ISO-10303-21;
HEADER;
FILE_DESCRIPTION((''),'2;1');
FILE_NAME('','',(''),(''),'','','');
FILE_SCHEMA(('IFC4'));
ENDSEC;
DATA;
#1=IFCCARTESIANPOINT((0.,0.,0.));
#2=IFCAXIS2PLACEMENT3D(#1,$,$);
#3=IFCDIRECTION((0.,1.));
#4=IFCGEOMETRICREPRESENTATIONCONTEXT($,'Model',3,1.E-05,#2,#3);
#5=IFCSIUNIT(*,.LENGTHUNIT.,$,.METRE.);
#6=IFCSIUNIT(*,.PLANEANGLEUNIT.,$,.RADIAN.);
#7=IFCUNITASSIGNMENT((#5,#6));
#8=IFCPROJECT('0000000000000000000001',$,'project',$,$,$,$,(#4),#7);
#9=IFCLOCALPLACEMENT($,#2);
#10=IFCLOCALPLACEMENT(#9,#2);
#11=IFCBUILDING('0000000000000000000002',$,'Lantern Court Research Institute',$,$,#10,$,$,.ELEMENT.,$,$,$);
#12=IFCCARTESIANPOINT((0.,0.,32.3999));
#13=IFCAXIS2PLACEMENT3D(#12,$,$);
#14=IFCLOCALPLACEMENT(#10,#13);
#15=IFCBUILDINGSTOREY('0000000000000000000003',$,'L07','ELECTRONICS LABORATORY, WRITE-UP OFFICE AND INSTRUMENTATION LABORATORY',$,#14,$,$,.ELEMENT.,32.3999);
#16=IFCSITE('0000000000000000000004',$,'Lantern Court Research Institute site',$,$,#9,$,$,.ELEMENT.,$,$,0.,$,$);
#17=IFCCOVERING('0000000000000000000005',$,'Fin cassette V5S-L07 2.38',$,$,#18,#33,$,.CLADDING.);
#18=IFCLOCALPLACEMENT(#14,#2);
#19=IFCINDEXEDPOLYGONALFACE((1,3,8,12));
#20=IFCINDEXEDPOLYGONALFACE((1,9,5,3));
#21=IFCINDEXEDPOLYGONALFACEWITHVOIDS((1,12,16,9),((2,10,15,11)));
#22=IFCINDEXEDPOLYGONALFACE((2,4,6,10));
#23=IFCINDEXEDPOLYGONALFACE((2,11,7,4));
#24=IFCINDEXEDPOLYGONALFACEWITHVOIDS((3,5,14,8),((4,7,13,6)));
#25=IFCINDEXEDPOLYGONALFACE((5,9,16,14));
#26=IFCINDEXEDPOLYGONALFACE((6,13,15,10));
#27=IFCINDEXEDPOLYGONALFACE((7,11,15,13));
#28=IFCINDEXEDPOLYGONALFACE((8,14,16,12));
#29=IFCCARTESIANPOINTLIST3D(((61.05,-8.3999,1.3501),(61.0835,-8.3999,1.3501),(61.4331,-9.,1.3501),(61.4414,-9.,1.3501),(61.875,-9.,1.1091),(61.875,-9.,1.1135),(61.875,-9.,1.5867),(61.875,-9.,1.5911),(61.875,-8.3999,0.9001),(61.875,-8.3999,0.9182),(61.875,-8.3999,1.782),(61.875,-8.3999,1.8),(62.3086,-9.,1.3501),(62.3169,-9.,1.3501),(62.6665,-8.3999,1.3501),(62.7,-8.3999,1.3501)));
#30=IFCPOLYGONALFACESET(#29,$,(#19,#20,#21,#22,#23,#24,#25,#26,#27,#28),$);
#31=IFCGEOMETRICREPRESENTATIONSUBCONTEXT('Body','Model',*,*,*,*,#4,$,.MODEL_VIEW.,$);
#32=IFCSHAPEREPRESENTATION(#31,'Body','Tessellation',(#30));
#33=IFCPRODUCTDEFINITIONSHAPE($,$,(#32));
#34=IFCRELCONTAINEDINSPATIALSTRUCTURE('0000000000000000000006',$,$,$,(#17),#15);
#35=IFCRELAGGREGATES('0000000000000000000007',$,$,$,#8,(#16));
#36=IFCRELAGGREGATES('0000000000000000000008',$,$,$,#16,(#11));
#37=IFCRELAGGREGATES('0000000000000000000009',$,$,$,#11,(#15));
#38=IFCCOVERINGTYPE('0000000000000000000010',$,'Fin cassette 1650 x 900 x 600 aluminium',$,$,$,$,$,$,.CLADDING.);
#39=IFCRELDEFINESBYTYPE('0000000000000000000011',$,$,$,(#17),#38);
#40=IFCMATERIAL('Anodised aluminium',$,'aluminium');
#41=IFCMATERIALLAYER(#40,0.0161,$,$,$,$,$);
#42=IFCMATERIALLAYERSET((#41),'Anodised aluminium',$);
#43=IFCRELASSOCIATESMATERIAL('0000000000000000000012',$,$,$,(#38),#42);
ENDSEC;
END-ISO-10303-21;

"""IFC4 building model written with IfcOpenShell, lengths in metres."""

from ifc_helpers import new_model, entity, si_unit, direction, frame, origin, place, context, subcontext, project, spatial, material, layer, layer_set, type_object, element, save


model = new_model("IFC4")

# Units and contexts
model_context = context("Model", 3, precision=1e-05, world=origin(), true_north=direction((0.0, 1.0)))
body_context = subcontext(model_context, "Body", "Model", "MODEL_VIEW")
ifc_project = project(units=[si_unit("LENGTHUNIT", "METRE"), si_unit("PLANEANGLEUNIT", "RADIAN")], contexts=[model_context])

# Site, building, storey
site_placement = place(None, origin())
site = spatial("IfcSite", under=ifc_project, at=site_placement, Name="Lantern Court Research Institute site", CompositionType="ELEMENT", RefElevation=0.0)
building_placement = place(site_placement, origin())
building = spatial("IfcBuilding", under=site, at=building_placement, Name="Lantern Court Research Institute", CompositionType="ELEMENT")
storey_placement = place(building_placement, frame((0.0, 0.0, 32.3999)))
storey = spatial("IfcBuildingStorey", under=building, at=storey_placement, Name="L07", Description="ELECTRONICS LABORATORY, WRITE-UP OFFICE AND INSTRUMENTATION LABORATORY", CompositionType="ELEMENT", Elevation=32.3999)

# Covering
ifc_material_1 = material(Name="Anodised aluminium", Category="aluminium")
ifc_layer_1 = layer(ifc_material_1, 0.0161)
ifc_layer_set_1 = layer_set([ifc_layer_1], Name="Anodised aluminium")
covering_type = type_object("IfcCoveringType", Name="Fin cassette 1650 x 900 x 600 aluminium", PredefinedType="CLADDING", material=ifc_layer_set_1)
covering_1_placement = place(storey_placement, frame((61.875, -8.3999, 1.3501), z_axis=(0.0, -1.0, 0.0), x_axis=(1.0, 0.0, 0.0)))
cartesian_point_1 = entity("IfcCartesianPoint", [0.825, 0.0])
cartesian_point_2 = entity("IfcCartesianPoint", [0.7915, 0.0])
cartesian_point_3 = entity("IfcCartesianPoint", [0.4419, 0.0])
cartesian_point_4 = entity("IfcCartesianPoint", [0.4336, 0.0])
element("IfcCovering", 1, at=covering_1_placement, inside=storey, type_object=covering_type, Name="Fin cassette V5S-L07 2.38", PredefinedType="CLADDING", context=body_context, shape_type="SweptSolid", body=[
    entity("IfcExtrudedAreaSolidTapered", entity("IfcArbitraryProfileDefWithVoids", "AREA", None, entity("IfcPolyline", [cartesian_point_1, entity("IfcCartesianPoint", [0.0, 0.45]), entity("IfcCartesianPoint", [-0.825, 0.0]), entity("IfcCartesianPoint", [0.0, -0.45]), cartesian_point_1]), [entity("IfcPolyline", [cartesian_point_2, entity("IfcCartesianPoint", [0.0, 0.4319]), entity("IfcCartesianPoint", [-0.7915, 0.0]), entity("IfcCartesianPoint", [0.0, -0.4319]), cartesian_point_2])]), entity("IfcAxis2Placement3D", entity("IfcCartesianPoint", [0.0, 0.0, 0.0])), entity("IfcDirection", [0.0, 0.0, 1.0]), 0.6001, entity("IfcArbitraryProfileDefWithVoids", "AREA", None, entity("IfcPolyline", [cartesian_point_3, entity("IfcCartesianPoint", [0.0, 0.241]), entity("IfcCartesianPoint", [-0.4419, 0.0]), entity("IfcCartesianPoint", [0.0, -0.241]), cartesian_point_3]), [entity("IfcPolyline", [cartesian_point_4, entity("IfcCartesianPoint", [0.0, 0.2366]), entity("IfcCartesianPoint", [-0.4336, 0.0]), entity("IfcCartesianPoint", [0.0, -0.2366]), cartesian_point_4])])),
])

save(model, "model.ifc")
